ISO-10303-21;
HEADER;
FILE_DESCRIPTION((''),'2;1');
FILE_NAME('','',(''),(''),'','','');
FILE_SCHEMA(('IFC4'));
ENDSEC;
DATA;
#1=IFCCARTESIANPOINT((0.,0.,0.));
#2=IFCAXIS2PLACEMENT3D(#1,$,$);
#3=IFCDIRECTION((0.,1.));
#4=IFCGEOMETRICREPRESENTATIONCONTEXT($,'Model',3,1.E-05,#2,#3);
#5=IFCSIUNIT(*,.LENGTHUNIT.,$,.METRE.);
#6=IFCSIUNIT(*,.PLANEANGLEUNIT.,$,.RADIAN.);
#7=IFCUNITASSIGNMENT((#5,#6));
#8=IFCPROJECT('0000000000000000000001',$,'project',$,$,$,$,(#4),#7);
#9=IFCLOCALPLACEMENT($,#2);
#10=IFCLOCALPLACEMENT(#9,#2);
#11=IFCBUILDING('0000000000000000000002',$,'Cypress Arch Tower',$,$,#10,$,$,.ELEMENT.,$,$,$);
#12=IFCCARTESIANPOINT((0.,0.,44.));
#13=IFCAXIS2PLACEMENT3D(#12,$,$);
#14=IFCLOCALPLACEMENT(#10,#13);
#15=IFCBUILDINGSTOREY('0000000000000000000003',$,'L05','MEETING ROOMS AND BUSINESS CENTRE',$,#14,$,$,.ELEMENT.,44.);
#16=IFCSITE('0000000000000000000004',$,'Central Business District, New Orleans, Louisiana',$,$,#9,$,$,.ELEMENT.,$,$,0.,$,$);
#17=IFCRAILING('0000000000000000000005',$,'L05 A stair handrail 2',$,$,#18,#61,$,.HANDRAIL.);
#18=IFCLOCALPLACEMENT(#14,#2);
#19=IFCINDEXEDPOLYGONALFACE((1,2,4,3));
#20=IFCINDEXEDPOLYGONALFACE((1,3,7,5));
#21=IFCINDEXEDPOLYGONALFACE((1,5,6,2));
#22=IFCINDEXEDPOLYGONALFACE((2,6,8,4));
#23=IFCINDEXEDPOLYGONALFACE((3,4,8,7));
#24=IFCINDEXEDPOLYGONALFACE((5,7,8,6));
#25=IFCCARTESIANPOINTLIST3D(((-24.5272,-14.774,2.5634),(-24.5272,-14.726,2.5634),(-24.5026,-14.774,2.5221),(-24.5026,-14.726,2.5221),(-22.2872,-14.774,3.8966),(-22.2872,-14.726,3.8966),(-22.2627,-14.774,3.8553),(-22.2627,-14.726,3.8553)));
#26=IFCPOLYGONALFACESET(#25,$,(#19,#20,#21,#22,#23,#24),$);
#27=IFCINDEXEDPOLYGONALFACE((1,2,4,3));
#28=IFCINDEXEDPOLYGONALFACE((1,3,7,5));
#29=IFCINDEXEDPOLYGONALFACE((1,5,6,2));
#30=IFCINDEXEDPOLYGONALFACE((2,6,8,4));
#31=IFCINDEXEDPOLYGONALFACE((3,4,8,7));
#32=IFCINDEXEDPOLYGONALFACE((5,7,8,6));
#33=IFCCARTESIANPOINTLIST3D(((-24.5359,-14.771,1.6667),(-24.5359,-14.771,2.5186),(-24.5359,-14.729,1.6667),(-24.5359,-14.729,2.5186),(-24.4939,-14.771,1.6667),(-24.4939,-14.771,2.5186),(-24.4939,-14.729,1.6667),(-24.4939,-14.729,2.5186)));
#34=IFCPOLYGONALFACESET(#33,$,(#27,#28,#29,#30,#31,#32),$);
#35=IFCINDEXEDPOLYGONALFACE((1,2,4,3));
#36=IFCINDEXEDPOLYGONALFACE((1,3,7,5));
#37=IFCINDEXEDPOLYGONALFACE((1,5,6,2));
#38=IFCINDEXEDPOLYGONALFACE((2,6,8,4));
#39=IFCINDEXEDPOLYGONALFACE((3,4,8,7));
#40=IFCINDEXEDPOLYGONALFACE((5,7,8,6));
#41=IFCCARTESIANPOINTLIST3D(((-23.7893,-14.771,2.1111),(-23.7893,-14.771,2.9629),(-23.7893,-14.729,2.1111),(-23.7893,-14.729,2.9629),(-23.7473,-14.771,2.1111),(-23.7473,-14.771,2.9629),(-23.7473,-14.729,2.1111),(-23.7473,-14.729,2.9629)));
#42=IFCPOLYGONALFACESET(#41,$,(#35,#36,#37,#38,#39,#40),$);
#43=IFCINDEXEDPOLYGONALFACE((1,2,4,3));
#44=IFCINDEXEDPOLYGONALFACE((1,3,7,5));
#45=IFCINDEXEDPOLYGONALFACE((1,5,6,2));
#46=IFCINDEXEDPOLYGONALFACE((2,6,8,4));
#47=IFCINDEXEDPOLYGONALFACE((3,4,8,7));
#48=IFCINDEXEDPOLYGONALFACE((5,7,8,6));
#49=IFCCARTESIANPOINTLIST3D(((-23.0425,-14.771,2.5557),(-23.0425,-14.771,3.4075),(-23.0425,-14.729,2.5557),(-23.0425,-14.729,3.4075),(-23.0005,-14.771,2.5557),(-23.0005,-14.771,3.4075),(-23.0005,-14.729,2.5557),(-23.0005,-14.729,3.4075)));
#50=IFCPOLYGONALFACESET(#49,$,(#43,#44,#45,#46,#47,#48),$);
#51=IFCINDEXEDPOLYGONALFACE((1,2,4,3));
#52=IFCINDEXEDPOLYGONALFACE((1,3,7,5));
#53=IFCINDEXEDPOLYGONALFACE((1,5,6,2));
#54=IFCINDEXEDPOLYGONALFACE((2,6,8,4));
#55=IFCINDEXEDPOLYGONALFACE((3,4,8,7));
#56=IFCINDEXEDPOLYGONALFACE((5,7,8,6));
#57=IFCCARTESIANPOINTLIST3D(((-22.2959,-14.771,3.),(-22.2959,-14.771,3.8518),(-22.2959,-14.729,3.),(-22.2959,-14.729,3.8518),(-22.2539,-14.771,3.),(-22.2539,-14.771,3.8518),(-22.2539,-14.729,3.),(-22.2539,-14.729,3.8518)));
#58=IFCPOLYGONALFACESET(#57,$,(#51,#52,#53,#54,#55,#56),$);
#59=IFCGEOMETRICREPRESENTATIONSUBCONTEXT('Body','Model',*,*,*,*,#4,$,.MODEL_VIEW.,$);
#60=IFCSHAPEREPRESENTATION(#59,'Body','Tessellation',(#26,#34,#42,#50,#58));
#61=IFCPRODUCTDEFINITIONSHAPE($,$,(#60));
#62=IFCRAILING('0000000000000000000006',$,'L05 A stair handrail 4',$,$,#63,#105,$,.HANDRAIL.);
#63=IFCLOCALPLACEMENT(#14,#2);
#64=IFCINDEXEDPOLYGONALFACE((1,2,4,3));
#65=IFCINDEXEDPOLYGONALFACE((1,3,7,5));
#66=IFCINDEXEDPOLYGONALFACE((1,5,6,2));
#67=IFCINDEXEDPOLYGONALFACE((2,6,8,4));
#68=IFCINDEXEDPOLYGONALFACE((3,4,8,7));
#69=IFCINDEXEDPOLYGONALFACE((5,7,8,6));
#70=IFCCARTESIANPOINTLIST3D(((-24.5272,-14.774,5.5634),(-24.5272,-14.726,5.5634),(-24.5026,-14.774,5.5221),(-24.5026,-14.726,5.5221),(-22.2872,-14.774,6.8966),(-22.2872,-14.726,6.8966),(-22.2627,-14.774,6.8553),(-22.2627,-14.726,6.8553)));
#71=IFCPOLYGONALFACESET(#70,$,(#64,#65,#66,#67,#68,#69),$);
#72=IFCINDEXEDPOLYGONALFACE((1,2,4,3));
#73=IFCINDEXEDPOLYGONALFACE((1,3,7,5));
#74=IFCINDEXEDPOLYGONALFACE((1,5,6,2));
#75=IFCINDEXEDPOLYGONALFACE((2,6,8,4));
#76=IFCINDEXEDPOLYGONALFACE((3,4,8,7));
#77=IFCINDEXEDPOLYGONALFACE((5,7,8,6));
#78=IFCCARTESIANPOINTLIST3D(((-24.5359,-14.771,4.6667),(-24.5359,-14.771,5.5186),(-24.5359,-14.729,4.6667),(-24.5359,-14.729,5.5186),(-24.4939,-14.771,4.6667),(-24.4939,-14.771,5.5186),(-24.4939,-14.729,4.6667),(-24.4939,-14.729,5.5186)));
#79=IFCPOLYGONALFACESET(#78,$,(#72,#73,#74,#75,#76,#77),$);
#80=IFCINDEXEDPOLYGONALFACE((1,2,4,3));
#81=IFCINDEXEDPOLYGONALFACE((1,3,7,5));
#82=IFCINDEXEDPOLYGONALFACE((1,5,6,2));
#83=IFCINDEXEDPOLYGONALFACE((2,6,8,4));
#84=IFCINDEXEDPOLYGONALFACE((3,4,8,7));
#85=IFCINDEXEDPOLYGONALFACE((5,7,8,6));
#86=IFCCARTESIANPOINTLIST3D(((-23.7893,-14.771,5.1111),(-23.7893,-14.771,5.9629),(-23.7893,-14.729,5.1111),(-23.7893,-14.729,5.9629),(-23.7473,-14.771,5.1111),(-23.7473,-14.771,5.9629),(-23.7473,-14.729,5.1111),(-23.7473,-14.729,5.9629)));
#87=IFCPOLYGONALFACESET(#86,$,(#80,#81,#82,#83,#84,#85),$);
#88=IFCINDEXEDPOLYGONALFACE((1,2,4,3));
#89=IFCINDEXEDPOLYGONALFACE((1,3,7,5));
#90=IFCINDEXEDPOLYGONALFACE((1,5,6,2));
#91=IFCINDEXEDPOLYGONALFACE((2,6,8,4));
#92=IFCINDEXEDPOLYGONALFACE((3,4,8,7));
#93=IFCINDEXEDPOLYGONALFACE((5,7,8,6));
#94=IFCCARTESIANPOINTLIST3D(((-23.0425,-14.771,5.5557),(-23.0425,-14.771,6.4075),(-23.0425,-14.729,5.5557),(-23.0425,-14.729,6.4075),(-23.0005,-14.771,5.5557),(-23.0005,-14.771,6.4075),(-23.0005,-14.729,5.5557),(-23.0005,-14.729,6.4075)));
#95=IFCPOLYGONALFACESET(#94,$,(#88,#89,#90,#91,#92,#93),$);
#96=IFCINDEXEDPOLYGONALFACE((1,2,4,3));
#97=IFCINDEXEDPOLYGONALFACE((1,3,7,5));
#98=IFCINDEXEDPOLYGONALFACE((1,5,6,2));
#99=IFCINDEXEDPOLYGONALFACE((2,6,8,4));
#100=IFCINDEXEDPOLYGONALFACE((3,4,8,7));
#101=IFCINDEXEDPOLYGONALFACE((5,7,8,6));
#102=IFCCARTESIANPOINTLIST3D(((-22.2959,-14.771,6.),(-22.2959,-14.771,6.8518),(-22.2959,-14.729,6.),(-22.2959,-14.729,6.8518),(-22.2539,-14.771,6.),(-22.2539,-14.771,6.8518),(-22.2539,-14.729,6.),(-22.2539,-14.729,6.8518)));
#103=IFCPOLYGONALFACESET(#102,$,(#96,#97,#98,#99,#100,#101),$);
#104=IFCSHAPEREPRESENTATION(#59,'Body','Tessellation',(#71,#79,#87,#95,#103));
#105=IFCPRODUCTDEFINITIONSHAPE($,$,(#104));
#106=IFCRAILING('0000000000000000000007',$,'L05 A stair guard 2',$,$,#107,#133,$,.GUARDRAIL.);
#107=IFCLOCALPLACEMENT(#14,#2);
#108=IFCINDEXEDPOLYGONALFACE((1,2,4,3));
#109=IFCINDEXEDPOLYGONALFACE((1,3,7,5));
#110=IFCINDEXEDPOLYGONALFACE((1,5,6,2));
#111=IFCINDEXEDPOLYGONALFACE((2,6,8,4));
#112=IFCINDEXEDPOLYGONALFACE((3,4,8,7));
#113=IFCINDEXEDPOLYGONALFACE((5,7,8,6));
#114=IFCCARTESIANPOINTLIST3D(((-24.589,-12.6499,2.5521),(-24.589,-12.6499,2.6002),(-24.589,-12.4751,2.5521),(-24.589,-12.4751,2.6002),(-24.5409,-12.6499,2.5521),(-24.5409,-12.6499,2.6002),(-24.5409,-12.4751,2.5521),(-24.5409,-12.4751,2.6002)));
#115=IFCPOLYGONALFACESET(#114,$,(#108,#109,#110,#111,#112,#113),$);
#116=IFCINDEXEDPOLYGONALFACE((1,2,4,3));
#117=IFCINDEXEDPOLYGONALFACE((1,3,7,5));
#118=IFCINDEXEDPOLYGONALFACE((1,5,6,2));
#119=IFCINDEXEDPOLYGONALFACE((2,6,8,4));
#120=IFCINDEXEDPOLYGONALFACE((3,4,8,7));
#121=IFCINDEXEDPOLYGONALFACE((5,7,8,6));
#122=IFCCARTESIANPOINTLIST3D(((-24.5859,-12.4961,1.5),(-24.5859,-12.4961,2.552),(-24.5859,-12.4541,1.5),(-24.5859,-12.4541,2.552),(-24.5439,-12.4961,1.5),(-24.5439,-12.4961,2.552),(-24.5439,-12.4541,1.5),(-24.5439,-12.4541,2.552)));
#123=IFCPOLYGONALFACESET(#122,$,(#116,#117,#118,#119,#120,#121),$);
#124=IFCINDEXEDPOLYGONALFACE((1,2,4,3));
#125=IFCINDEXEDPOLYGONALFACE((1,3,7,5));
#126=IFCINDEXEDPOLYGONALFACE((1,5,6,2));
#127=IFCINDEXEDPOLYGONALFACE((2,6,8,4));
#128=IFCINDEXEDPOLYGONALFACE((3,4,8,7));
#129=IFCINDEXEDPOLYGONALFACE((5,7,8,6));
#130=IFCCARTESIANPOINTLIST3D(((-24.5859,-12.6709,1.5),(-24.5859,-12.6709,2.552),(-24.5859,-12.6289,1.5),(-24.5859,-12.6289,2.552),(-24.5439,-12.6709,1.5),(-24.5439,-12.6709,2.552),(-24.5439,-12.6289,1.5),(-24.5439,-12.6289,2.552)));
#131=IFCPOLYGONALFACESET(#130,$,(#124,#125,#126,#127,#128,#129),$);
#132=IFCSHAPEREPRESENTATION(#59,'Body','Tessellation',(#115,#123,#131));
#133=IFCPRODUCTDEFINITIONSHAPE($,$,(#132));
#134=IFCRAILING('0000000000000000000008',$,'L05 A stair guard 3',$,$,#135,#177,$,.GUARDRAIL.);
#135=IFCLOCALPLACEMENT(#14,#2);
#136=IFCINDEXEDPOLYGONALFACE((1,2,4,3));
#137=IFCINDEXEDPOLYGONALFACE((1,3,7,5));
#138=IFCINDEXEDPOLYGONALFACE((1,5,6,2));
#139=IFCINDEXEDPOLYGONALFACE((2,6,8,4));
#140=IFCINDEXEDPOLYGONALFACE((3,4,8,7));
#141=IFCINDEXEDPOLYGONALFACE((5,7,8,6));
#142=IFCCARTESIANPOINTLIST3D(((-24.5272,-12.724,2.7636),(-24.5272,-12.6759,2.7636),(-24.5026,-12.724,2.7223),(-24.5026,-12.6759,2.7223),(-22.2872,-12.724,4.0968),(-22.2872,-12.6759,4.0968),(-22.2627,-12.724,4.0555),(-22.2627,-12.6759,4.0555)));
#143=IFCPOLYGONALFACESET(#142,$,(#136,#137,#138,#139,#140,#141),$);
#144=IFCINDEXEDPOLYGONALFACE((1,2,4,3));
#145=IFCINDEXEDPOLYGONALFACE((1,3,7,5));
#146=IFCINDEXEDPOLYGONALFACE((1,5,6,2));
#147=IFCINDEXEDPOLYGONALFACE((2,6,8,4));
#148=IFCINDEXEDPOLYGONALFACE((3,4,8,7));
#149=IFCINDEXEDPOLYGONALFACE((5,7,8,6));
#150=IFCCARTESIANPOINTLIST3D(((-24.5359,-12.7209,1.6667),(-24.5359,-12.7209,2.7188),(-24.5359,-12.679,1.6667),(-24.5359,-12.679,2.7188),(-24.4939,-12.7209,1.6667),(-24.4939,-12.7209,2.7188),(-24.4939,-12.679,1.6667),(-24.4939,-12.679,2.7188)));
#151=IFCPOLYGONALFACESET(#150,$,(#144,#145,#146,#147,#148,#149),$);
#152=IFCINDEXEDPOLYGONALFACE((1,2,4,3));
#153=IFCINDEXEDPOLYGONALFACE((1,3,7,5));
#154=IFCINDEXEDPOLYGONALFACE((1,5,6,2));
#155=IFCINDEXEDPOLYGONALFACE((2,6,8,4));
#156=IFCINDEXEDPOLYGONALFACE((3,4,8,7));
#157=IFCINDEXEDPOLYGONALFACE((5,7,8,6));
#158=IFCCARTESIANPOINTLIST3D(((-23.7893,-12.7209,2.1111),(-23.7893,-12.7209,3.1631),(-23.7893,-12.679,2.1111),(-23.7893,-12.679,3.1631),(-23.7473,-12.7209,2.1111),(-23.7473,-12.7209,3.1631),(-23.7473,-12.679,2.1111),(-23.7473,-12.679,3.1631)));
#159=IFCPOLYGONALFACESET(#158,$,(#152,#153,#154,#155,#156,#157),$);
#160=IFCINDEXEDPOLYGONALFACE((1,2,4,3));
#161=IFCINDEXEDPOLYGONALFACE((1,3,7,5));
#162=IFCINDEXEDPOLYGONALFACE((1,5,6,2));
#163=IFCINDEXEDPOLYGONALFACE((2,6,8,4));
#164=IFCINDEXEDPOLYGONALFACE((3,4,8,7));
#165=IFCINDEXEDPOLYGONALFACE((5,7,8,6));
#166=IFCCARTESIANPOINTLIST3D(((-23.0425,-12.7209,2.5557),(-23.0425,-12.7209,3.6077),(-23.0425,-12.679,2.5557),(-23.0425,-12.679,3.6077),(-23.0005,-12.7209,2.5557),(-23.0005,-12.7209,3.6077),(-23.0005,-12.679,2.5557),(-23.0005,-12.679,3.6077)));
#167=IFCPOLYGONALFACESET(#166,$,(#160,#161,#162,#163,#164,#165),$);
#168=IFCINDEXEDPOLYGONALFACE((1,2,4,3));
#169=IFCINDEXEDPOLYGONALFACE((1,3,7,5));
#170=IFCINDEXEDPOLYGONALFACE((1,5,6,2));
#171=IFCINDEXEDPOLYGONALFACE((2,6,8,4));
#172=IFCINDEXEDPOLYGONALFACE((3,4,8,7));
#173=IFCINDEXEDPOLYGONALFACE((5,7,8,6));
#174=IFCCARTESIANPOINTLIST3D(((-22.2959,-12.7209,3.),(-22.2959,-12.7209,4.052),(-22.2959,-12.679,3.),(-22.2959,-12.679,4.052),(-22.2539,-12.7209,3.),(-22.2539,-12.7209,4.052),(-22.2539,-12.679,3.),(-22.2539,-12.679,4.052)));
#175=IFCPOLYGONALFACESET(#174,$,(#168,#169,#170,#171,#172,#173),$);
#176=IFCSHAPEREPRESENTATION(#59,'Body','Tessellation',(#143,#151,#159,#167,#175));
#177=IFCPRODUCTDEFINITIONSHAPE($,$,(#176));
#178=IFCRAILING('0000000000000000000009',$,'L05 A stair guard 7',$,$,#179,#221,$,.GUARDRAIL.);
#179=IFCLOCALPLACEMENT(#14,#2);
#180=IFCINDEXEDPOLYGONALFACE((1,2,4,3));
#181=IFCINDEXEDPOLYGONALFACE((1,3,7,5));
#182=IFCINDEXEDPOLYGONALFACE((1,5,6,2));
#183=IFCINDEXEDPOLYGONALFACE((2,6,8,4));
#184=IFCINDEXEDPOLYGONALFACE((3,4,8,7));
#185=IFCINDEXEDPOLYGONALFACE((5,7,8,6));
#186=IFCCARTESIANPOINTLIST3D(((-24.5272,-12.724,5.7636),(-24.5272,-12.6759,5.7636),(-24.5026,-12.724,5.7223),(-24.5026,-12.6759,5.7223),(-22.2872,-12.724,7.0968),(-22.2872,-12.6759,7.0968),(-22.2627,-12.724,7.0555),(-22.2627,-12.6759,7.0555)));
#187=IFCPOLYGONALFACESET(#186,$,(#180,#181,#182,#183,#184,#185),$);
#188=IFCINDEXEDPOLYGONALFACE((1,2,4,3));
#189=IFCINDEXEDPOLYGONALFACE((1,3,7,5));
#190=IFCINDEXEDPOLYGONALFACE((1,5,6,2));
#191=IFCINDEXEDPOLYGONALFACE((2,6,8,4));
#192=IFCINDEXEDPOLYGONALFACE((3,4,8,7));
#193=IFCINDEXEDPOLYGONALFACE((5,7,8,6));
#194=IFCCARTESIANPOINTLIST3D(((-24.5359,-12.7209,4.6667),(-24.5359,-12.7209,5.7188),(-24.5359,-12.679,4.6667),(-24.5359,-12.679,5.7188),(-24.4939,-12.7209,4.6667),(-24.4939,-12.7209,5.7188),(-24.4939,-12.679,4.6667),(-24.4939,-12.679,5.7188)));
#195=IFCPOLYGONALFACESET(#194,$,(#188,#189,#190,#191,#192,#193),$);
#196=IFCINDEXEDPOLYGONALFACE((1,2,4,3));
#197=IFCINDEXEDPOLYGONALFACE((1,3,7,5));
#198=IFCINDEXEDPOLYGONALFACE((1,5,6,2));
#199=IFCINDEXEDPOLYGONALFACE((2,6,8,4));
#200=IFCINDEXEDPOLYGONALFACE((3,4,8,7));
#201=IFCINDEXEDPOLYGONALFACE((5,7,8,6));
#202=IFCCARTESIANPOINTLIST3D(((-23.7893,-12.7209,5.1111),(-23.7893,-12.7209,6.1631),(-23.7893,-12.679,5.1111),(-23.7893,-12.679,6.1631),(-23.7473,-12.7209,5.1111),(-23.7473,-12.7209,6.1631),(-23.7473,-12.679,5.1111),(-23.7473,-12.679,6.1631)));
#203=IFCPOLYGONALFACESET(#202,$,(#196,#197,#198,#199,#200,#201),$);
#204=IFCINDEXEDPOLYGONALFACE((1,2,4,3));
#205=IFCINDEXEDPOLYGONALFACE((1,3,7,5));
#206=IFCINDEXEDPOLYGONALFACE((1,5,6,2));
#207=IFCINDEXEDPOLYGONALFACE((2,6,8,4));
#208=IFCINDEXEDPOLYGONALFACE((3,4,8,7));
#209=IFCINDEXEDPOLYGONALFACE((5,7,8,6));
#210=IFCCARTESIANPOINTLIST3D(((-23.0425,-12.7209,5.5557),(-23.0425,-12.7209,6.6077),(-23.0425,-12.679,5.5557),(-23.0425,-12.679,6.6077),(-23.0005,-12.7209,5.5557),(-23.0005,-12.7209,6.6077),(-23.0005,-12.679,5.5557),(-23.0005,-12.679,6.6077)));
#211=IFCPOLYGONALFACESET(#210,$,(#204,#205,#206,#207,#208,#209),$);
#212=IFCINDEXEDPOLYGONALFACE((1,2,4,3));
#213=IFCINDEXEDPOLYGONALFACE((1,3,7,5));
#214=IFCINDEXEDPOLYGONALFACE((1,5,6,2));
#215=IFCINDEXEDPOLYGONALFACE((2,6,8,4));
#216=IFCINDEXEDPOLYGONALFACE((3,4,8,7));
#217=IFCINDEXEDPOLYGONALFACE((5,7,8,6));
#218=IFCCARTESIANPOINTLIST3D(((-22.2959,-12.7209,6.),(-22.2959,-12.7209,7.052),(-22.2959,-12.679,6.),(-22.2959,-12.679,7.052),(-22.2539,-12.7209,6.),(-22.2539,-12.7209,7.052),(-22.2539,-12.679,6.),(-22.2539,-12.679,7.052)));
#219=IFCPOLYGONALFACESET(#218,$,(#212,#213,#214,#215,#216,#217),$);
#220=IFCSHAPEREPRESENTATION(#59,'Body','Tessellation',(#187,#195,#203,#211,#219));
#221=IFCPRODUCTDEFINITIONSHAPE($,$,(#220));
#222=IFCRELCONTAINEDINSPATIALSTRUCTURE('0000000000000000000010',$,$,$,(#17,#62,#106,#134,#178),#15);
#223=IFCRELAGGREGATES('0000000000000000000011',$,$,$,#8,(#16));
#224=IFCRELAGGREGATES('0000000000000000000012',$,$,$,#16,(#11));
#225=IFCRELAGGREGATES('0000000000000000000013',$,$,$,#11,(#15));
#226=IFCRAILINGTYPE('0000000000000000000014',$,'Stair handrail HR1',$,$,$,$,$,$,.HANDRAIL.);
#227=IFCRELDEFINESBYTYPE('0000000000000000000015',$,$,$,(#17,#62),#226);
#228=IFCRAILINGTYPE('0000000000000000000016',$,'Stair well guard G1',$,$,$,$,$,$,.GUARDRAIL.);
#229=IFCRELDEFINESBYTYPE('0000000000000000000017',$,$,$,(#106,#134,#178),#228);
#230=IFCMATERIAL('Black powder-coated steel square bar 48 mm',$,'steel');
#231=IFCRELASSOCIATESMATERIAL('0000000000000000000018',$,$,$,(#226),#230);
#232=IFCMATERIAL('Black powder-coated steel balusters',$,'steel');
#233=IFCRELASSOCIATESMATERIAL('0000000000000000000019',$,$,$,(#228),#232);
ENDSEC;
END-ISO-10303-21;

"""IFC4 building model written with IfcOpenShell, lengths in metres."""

from ifc_helpers import new_model, si_unit, direction, frame, origin, origin_2d, place, context, subcontext, project, spatial, rectangle, extrude, material, type_object, element, save


model = new_model("IFC4")

# Units and contexts
model_context = context("Model", 3, precision=1e-05, world=origin(), true_north=direction((0.0, 1.0)))
body_context = subcontext(model_context, "Body", "Model", "MODEL_VIEW")
ifc_project = project(units=[si_unit("LENGTHUNIT", "METRE"), si_unit("PLANEANGLEUNIT", "RADIAN")], contexts=[model_context])

# Site, building, storey
site_placement = place(None, origin())
site = spatial("IfcSite", under=ifc_project, at=site_placement, Name="Central Business District, New Orleans, Louisiana", CompositionType="ELEMENT", RefElevation=0.0)
building_placement = place(site_placement, origin())
building = spatial("IfcBuilding", under=site, at=building_placement, Name="Cypress Arch Tower", CompositionType="ELEMENT")
storey_placement = place(building_placement, frame((0.0, 0.0, 44.0)))
storey = spatial("IfcBuildingStorey", under=building, at=storey_placement, Name="L05", Description="MEETING ROOMS AND BUSINESS CENTRE", CompositionType="ELEMENT", Elevation=44.0)

# Railings
ifc_material_1 = material(Name="Black powder-coated steel square bar 48 mm", Category="steel")
railing_type_1 = type_object("IfcRailingType", Name="Stair handrail HR1", PredefinedType="HANDRAIL", material=ifc_material_1)
for number, where, name in (
    (1, (-24.5149, -14.75, 1.6667), "L05 A stair handrail 2"),
    (2, (-24.5149, -14.75, 4.6667), "L05 A stair handrail 4"),
):
    element("IfcRailing", number, at=place(storey_placement, frame(where)), inside=storey, type_object=railing_type_1, Name=name, PredefinedType="HANDRAIL", context=body_context, shape_type="SweptSolid", body=[
        extrude(rectangle(XDim=0.0481, YDim=0.0481, at=origin_2d()), frame((0.0, 0.0, 0.876), z_axis=(0.859306, 0.0, 0.511462), x_axis=(0.0, 1.0, 0.0)), (0.0, 0.0, 1.0), 2.6067),
        extrude(rectangle(XDim=0.042, YDim=0.042, at=origin_2d()), origin(), (0.0, 0.0, 1.0), 0.8518),
        extrude(rectangle(XDim=0.042, YDim=0.042, at=origin_2d()), frame((0.7466, 0.0, 0.4443)), (0.0, 0.0, 1.0), 0.8518),
        extrude(rectangle(XDim=0.042, YDim=0.042, at=origin_2d()), frame((1.4934, 0.0, 0.8889)), (0.0, 0.0, 1.0), 0.8518),
        extrude(rectangle(XDim=0.042, YDim=0.042, at=origin_2d()), frame((2.24, 0.0, 1.3333)), (0.0, 0.0, 1.0), 0.8518),
    ])
ifc_material_2 = material(Name="Black powder-coated steel balusters", Category="steel")
railing_type_2 = type_object("IfcRailingType", Name="Stair well guard G1", PredefinedType="GUARDRAIL", material=ifc_material_2)
railing_placement = place(storey_placement, frame((-24.5649, -12.4751, 1.5)))
element("IfcRailing", 3, at=railing_placement, inside=storey, type_object=railing_type_2, Name="L05 A stair guard 2", PredefinedType="GUARDRAIL", context=body_context, shape_type="SweptSolid", body=[
    extrude(rectangle(XDim=0.0481, YDim=0.0481, at=origin_2d()), frame((0.0, 0.0, 1.0762), z_axis=(0.0, -1.0, 0.0), x_axis=(1.0, 0.0, 0.0)), (0.0, 0.0, 1.0), 0.1748),
    extrude(rectangle(XDim=0.042, YDim=0.042, at=origin_2d()), origin(), (0.0, 0.0, 1.0), 1.052),
    extrude(rectangle(XDim=0.042, YDim=0.042, at=origin_2d()), frame((0.0, -0.1748, 0.0)), (0.0, 0.0, 1.0), 1.052),
])
for number, where, name in (
    (4, (-24.5149, -12.7, 1.6667), "L05 A stair guard 3"),
    (5, (-24.5149, -12.7, 4.6667), "L05 A stair guard 7"),
):
    element("IfcRailing", number, at=place(storey_placement, frame(where)), inside=storey, type_object=railing_type_2, Name=name, PredefinedType="GUARDRAIL", context=body_context, shape_type="SweptSolid", body=[
        extrude(rectangle(XDim=0.0481, YDim=0.0481, at=origin_2d()), frame((0.0, 0.0, 1.0762), z_axis=(0.859306, 0.0, 0.511462), x_axis=(0.0, 1.0, 0.0)), (0.0, 0.0, 1.0), 2.6067),
        extrude(rectangle(XDim=0.042, YDim=0.042, at=origin_2d()), origin(), (0.0, 0.0, 1.0), 1.052),
        extrude(rectangle(XDim=0.042, YDim=0.042, at=origin_2d()), frame((0.7466, 0.0, 0.4443)), (0.0, 0.0, 1.0), 1.052),
        extrude(rectangle(XDim=0.042, YDim=0.042, at=origin_2d()), frame((1.4934, 0.0, 0.8889)), (0.0, 0.0, 1.0), 1.052),
        extrude(rectangle(XDim=0.042, YDim=0.042, at=origin_2d()), frame((2.24, 0.0, 1.3333)), (0.0, 0.0, 1.0), 1.052),
    ])

save(model, "model.ifc")
